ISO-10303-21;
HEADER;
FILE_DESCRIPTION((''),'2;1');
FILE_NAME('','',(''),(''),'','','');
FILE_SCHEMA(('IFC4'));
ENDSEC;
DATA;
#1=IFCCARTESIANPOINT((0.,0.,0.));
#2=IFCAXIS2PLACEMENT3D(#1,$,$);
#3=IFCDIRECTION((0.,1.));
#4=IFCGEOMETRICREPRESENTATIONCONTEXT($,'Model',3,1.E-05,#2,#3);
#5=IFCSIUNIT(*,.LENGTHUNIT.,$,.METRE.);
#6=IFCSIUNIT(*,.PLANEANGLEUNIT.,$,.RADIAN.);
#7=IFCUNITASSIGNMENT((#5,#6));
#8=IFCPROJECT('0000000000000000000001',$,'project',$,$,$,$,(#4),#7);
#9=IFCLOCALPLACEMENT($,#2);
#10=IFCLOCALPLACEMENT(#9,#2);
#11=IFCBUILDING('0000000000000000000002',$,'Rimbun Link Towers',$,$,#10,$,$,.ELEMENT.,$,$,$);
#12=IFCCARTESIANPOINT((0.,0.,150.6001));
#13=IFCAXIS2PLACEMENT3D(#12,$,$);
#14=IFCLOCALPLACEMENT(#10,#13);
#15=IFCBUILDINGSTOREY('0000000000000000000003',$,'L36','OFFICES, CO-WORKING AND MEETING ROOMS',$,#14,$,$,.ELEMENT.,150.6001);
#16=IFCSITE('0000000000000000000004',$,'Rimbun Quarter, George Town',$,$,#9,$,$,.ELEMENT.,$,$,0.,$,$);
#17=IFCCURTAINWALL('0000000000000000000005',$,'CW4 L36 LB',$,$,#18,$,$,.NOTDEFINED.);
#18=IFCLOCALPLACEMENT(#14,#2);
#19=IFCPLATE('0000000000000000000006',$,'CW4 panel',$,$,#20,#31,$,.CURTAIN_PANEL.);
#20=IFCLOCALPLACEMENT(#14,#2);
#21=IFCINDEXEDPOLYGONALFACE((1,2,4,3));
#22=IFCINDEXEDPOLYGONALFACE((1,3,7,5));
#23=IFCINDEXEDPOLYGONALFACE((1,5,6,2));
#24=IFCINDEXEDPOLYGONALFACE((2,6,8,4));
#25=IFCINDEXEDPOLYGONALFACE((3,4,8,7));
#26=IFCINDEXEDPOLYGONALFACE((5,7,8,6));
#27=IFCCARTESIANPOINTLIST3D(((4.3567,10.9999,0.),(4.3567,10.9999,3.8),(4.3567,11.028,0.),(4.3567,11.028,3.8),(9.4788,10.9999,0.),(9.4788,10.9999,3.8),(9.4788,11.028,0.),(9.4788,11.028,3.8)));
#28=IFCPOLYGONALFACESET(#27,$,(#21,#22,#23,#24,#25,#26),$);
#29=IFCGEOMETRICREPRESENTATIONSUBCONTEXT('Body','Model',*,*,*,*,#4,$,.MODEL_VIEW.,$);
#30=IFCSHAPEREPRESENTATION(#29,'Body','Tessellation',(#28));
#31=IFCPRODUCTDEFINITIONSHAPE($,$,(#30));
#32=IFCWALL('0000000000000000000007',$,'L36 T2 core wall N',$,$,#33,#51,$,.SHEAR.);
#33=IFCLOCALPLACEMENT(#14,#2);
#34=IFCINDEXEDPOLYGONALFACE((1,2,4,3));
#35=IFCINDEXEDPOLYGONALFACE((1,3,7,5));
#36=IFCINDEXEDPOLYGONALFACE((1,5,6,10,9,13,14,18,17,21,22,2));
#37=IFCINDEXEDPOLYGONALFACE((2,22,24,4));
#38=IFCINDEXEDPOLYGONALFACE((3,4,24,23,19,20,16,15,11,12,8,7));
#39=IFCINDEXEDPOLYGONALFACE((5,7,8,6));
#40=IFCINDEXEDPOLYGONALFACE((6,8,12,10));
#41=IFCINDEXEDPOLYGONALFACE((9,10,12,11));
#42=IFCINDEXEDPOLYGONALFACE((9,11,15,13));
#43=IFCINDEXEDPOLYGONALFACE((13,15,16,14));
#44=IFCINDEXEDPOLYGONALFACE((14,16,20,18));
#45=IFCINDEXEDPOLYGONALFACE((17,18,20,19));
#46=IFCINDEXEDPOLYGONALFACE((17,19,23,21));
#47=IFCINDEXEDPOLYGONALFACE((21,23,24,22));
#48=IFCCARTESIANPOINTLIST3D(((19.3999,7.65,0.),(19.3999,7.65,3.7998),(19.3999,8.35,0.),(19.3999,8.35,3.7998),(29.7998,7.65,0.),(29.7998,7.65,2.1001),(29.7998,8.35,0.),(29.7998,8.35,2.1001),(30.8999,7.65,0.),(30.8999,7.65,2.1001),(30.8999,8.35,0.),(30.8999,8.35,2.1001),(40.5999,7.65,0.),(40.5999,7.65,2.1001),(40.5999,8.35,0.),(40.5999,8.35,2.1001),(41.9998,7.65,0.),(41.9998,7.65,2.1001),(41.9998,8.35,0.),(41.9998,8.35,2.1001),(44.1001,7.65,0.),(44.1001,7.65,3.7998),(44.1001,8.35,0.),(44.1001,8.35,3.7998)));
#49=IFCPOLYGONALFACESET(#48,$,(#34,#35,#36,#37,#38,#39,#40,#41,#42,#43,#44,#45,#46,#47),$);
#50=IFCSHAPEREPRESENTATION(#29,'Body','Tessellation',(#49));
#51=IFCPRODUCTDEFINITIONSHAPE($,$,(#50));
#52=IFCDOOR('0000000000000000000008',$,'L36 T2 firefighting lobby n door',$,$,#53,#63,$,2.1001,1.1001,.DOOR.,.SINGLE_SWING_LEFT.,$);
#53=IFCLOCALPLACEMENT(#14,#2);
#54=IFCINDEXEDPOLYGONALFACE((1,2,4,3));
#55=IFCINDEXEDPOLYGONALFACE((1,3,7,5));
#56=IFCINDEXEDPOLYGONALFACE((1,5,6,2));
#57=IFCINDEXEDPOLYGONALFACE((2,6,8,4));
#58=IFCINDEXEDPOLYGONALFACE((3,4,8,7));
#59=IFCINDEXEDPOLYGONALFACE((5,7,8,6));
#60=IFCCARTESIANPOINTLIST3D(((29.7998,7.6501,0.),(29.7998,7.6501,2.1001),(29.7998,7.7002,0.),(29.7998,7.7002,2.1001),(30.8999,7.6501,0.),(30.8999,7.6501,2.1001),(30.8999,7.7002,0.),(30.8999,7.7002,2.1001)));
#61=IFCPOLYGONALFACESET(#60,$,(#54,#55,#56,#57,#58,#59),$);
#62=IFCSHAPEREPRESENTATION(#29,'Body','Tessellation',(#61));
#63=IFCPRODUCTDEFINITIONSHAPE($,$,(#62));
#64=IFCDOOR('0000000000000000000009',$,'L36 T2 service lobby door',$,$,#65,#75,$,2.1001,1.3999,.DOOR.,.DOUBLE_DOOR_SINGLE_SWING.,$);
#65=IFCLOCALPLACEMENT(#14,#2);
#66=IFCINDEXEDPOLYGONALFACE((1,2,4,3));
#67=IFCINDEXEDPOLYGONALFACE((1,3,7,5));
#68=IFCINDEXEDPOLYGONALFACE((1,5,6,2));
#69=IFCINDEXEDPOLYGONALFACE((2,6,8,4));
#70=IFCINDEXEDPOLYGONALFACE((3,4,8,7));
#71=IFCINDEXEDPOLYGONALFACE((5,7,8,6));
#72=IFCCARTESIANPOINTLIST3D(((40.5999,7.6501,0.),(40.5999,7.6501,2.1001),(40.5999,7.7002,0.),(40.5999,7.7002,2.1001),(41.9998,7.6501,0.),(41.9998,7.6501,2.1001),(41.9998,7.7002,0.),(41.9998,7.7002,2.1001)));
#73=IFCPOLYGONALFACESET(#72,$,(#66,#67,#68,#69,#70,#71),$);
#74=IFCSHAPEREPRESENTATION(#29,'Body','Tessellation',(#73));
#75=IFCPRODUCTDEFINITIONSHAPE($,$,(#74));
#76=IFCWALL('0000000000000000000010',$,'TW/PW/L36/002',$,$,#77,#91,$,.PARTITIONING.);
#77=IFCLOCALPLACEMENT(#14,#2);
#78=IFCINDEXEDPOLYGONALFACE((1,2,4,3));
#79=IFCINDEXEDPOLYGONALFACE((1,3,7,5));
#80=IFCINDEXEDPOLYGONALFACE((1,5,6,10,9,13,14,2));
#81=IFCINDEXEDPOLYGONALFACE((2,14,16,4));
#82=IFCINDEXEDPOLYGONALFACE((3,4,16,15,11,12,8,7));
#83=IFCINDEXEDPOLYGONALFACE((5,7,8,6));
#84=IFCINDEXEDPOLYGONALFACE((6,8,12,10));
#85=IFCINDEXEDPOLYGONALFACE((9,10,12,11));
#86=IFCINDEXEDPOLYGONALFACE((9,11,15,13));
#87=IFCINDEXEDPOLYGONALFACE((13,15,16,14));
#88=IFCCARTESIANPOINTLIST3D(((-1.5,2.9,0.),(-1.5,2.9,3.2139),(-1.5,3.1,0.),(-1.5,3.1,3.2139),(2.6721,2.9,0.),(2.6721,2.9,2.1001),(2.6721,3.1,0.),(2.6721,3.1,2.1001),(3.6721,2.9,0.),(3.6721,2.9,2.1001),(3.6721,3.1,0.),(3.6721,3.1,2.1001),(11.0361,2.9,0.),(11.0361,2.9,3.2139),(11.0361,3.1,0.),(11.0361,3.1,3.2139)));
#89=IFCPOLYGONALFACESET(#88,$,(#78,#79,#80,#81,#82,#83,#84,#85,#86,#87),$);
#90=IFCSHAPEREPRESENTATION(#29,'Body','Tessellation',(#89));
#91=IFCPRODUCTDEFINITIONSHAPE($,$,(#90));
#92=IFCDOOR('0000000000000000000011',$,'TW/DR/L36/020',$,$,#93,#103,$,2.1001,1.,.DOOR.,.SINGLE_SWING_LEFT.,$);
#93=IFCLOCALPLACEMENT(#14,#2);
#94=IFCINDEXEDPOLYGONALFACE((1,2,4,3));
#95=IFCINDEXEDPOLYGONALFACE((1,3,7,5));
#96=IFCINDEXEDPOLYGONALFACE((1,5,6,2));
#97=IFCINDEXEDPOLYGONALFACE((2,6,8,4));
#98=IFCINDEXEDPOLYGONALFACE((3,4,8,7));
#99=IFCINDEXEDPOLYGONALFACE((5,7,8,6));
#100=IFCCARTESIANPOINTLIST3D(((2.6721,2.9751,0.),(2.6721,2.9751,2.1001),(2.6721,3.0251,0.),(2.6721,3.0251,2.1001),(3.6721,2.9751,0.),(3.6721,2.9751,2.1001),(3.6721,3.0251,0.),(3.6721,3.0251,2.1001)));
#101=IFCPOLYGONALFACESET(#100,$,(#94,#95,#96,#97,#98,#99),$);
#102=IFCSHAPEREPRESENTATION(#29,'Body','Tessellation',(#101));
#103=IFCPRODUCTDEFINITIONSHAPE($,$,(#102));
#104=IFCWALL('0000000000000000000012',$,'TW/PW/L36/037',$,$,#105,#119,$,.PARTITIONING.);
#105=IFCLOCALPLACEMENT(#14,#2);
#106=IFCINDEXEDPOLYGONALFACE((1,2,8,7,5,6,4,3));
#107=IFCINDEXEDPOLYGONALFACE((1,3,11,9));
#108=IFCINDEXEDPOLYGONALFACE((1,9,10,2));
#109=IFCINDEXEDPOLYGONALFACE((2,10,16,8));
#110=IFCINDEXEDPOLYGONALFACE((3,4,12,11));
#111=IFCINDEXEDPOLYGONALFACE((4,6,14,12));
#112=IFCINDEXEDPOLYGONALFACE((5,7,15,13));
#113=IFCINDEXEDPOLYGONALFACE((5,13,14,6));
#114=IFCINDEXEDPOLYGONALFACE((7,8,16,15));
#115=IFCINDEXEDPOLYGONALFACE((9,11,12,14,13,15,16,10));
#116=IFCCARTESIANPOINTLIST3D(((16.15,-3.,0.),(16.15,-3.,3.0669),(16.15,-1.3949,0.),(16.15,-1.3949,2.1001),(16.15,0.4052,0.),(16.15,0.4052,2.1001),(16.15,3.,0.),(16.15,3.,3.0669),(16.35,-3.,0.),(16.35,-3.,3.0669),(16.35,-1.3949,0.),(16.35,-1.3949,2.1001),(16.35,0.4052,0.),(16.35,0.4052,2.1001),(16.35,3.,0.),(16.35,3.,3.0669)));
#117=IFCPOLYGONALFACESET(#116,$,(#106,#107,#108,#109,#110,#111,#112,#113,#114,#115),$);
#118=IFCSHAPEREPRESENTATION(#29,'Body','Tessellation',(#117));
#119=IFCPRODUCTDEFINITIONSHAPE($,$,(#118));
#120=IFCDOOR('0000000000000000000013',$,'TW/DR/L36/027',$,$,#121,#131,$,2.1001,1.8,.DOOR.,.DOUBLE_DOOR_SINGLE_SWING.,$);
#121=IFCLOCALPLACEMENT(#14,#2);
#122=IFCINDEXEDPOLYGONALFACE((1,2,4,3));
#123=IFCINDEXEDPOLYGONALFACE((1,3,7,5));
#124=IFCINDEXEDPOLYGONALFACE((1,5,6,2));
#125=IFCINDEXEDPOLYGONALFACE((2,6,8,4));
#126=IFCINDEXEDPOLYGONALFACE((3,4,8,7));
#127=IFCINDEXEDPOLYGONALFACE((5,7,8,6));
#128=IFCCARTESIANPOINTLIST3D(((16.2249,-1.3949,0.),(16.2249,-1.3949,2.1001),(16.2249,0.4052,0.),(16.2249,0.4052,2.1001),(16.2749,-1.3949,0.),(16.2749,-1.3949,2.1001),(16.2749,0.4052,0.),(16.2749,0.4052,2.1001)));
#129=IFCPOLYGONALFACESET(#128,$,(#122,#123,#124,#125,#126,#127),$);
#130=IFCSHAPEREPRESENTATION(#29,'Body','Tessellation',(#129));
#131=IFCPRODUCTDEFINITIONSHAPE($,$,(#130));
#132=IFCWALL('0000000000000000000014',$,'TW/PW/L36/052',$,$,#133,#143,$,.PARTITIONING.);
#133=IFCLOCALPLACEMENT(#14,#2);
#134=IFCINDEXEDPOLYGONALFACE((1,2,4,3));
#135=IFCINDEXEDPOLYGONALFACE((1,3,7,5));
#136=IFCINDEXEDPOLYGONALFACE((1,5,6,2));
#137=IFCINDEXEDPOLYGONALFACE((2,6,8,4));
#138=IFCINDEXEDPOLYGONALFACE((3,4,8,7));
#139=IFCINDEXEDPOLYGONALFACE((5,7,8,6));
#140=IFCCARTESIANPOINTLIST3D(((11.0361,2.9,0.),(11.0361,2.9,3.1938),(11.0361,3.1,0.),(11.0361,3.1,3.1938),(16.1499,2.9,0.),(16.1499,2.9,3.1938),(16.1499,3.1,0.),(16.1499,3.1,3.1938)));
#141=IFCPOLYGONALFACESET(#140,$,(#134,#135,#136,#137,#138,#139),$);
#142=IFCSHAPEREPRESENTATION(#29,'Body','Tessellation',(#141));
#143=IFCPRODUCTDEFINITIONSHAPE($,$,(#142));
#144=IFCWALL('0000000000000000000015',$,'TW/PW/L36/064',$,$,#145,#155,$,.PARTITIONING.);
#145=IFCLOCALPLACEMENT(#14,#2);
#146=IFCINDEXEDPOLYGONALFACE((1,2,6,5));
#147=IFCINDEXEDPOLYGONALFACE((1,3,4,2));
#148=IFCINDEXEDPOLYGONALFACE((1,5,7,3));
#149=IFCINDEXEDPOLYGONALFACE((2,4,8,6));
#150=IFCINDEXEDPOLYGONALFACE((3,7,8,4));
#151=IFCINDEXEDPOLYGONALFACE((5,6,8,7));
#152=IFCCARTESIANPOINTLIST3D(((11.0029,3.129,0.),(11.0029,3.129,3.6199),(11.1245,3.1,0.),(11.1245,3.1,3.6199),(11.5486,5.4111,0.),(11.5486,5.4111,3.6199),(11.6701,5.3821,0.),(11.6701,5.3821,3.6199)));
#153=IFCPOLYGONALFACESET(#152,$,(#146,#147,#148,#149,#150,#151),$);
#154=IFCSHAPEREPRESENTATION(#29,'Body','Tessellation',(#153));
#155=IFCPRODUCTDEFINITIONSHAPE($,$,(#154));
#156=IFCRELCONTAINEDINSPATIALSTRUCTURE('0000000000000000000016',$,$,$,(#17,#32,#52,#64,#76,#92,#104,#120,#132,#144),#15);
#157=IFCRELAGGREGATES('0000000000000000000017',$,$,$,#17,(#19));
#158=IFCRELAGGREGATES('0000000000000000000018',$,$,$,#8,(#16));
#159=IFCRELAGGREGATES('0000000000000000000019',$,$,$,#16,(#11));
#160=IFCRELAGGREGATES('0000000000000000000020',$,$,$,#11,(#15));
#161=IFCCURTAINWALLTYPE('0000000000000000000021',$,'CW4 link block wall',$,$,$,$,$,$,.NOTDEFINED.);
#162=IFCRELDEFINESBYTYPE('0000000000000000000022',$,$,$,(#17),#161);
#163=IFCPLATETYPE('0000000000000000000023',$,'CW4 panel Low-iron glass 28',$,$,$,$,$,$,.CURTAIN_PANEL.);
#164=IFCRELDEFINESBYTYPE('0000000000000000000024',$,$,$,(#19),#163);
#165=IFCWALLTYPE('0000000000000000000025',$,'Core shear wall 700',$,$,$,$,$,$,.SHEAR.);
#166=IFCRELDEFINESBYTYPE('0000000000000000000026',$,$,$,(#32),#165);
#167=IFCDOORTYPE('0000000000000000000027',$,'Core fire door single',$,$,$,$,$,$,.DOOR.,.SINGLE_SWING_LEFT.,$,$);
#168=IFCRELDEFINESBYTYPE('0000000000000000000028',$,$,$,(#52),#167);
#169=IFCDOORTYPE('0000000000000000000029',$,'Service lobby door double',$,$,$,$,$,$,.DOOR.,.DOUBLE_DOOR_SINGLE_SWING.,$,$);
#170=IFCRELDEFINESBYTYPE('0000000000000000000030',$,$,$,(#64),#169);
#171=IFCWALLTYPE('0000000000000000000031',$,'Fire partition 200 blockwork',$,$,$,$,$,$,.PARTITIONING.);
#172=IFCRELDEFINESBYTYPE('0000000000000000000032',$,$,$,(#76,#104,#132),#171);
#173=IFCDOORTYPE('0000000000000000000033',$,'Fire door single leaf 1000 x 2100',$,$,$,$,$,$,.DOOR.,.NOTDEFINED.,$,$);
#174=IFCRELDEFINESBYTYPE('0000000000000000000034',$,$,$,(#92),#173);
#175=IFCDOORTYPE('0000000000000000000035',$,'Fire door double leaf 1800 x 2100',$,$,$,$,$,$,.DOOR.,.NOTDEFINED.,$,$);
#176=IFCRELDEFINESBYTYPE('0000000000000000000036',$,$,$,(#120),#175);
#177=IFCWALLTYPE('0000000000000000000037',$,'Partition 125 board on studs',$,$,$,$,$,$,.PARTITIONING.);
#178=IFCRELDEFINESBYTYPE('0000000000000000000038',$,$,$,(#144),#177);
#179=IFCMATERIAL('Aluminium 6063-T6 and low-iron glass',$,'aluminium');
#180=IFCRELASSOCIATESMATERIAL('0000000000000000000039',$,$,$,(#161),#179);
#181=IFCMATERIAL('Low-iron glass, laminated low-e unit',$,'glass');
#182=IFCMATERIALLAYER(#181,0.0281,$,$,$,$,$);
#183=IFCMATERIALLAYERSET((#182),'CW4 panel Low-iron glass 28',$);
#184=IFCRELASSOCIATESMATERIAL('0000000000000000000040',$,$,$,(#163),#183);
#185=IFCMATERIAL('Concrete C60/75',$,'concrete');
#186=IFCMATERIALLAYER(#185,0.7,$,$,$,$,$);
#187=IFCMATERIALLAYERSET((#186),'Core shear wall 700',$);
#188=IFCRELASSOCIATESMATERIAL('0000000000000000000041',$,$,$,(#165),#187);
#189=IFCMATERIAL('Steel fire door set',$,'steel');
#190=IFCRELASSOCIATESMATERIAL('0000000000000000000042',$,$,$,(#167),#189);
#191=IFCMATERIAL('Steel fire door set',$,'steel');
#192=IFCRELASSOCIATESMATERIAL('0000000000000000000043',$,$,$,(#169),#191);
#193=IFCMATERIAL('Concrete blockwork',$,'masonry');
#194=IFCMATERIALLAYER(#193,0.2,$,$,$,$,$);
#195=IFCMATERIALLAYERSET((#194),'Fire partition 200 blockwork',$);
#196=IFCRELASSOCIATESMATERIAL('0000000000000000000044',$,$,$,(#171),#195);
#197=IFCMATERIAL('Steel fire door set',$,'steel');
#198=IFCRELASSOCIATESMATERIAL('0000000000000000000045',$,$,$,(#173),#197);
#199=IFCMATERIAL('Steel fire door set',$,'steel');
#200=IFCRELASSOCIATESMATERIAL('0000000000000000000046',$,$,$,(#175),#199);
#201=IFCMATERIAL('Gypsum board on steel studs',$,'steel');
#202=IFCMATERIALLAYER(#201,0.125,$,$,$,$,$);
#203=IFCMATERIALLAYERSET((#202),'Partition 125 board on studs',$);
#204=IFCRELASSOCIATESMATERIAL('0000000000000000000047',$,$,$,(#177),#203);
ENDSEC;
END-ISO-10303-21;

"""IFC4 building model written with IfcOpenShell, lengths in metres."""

from ifc_helpers import new_model, si_unit, direction, frame, frame_2d, origin, origin_2d, place, context, subcontext, project, spatial, rectangle, extrude, material, layer, layer_set, type_object, element, fill, aggregate, save


model = new_model("IFC4")

# Units and contexts
model_context = context("Model", 3, precision=1e-05, world=origin(), true_north=direction((0.0, 1.0)))
body_context = subcontext(model_context, "Body", "Model", "MODEL_VIEW")
ifc_project = project(units=[si_unit("LENGTHUNIT", "METRE"), si_unit("PLANEANGLEUNIT", "RADIAN")], contexts=[model_context])

# Site, building, storey
site_placement = place(None, origin())
site = spatial("IfcSite", under=ifc_project, at=site_placement, Name="Rimbun Quarter, George Town", CompositionType="ELEMENT", RefElevation=0.0)
building_placement = place(site_placement, origin())
building = spatial("IfcBuilding", under=site, at=building_placement, Name="Rimbun Link Towers", CompositionType="ELEMENT")
storey_placement = place(building_placement, frame((0.0, 0.0, 150.6001)))
storey = spatial("IfcBuildingStorey", under=building, at=storey_placement, Name="L36", Description="OFFICES, CO-WORKING AND MEETING ROOMS", CompositionType="ELEMENT", Elevation=150.6001)

# Curtain wall
ifc_material_1 = material(Name="Aluminium 6063-T6 and low-iron glass", Category="aluminium")
curtain_wall_type = type_object("IfcCurtainWallType", Name="CW4 link block wall", PredefinedType="NOTDEFINED", material=ifc_material_1)
curtain_wall_placement = place(storey_placement, origin())
curtain_wall = element("IfcCurtainWall", 1, at=curtain_wall_placement, inside=storey, type_object=curtain_wall_type, Name="CW4 L36 LB", PredefinedType="NOTDEFINED")

# Plate
ifc_material_2 = material(Name="Low-iron glass, laminated low-e unit", Category="glass")
ifc_layer_1 = layer(ifc_material_2, 0.0281)
ifc_layer_set_1 = layer_set([ifc_layer_1], Name="CW4 panel Low-iron glass 28")
plate_type_1 = type_object("IfcPlateType", Name="CW4 panel Low-iron glass 28", PredefinedType="CURTAIN_PANEL", material=ifc_layer_set_1)
plate_1_placement = place(storey_placement, frame((6.9177, 11.0139, 0.0), z_axis=(0.0, 0.0, 1.0), x_axis=(1.0, 0.0, 0.0)))
plate_1 = element("IfcPlate", 2, at=plate_1_placement, type_object=plate_type_1, Name="CW4 panel", PredefinedType="CURTAIN_PANEL", context=body_context, shape_type="SweptSolid", body=[
    extrude(rectangle(XDim=5.1221, YDim=0.0281, at=origin_2d()), origin(), (0.0, 0.0, 1.0), 3.8),
])
aggregate(curtain_wall, [plate_1])

# Wall, openings, doors
ifc_material_3 = material(Name="Concrete C60/75", Category="concrete")
ifc_layer_2 = layer(ifc_material_3, 0.7)
ifc_layer_set_2 = layer_set([ifc_layer_2], Name="Core shear wall 700")
wall_type_1 = type_object("IfcWallType", Name="Core shear wall 700", PredefinedType="SHEAR", material=ifc_layer_set_2)
wall_1_placement = place(storey_placement, frame((19.3999, 8.0, 0.0), z_axis=(0.0, 0.0, 1.0), x_axis=(1.0, 0.0, 0.0)))
wall_1 = element("IfcWall", 3, at=wall_1_placement, inside=storey, type_object=wall_type_1, Name="L36 T2 core wall N", PredefinedType="SHEAR", context=body_context, shape_type="SweptSolid", body=[
    extrude(rectangle(XDim=24.7002, YDim=0.7, at=frame_2d((12.3501, 0.0))), origin(), (0.0, 0.0, 1.0), 3.7998),
])
opening_1_placement = place(wall_1_placement, frame((10.3999, 0.0, 0.0)))
opening_1 = element("IfcOpeningElement", 4, at=opening_1_placement, cuts=wall_1, PredefinedType="OPENING", context=body_context, shape_type="SweptSolid", body=[
    extrude(rectangle(XDim=1.1001, YDim=2.1001, at=frame_2d((0.55, 1.05))), frame((0.0, 0.3599, 0.0), z_axis=(0.0, -1.0, 0.0), x_axis=(1.0, 0.0, 0.0)), (0.0, 0.0, 1.0), 0.72),
])
opening_2_placement = place(wall_1_placement, frame((21.2, 0.0, 0.0)))
opening_2 = element("IfcOpeningElement", 5, at=opening_2_placement, cuts=wall_1, PredefinedType="OPENING", context=body_context, shape_type="SweptSolid", body=[
    extrude(rectangle(XDim=1.3999, YDim=2.1001, at=frame_2d((0.7, 1.05))), frame((0.0, 0.3599, 0.0), z_axis=(0.0, -1.0, 0.0), x_axis=(1.0, 0.0, 0.0)), (0.0, 0.0, 1.0), 0.72),
])
ifc_material_4 = material(Name="Steel fire door set", Category="steel")
door_type_1 = type_object("IfcDoorType", Name="Core fire door single", OperationType="SINGLE_SWING_LEFT", PredefinedType="DOOR", material=ifc_material_4)
door_1_placement = place(opening_1_placement, origin())
door_1 = element("IfcDoor", 6, at=door_1_placement, inside=storey, type_object=door_type_1, Name="L36 T2 firefighting lobby n door", OperationType="SINGLE_SWING_LEFT", OverallHeight=2.1001, OverallWidth=1.1001, PredefinedType="DOOR", context=body_context, shape_type="SweptSolid", body=[
    extrude(rectangle(XDim=1.1001, YDim=2.1001, at=frame_2d((0.55, 1.05))), frame((0.0, -0.2998, 0.0), z_axis=(0.0, -1.0, 0.0), x_axis=(1.0, 0.0, 0.0)), (0.0, 0.0, 1.0), 0.05),
])
fill(opening_1, door_1)
ifc_material_5 = material(Name="Steel fire door set", Category="steel")
door_type_2 = type_object("IfcDoorType", Name="Service lobby door double", OperationType="DOUBLE_DOOR_SINGLE_SWING", PredefinedType="DOOR", material=ifc_material_5)
door_2_placement = place(opening_2_placement, origin())
door_2 = element("IfcDoor", 7, at=door_2_placement, inside=storey, type_object=door_type_2, Name="L36 T2 service lobby door", OperationType="DOUBLE_DOOR_SINGLE_SWING", OverallHeight=2.1001, OverallWidth=1.3999, PredefinedType="DOOR", context=body_context, shape_type="SweptSolid", body=[
    extrude(rectangle(XDim=1.3999, YDim=2.1001, at=frame_2d((0.7, 1.05))), frame((0.0, -0.2998, 0.0), z_axis=(0.0, -1.0, 0.0), x_axis=(1.0, 0.0, 0.0)), (0.0, 0.0, 1.0), 0.05),
])
fill(opening_2, door_2)

# Walls, openings, doors
ifc_material_6 = material(Name="Concrete blockwork", Category="masonry")
ifc_layer_3 = layer(ifc_material_6, 0.2)
ifc_layer_set_3 = layer_set([ifc_layer_3], Name="Fire partition 200 blockwork")
wall_type_2 = type_object("IfcWallType", Name="Fire partition 200 blockwork", PredefinedType="PARTITIONING", material=ifc_layer_set_3)
wall_2_placement = place(storey_placement, frame((11.0361, 3.0, 0.0), z_axis=(0.0, 0.0, 1.0), x_axis=(-1.0, 0.0, 0.0)))
wall_2 = element("IfcWall", 8, at=wall_2_placement, inside=storey, type_object=wall_type_2, Name="TW/PW/L36/002", PredefinedType="PARTITIONING", context=body_context, shape_type="SweptSolid", body=[
    extrude(rectangle(XDim=12.5361, YDim=0.2, at=frame_2d((6.2681, 0.0))), origin(), (0.0, 0.0, 1.0), 3.2139),
])
opening_3_placement = place(wall_2_placement, frame((7.364, 0.0, 0.0)))
opening_3 = element("IfcOpeningElement", 9, at=opening_3_placement, cuts=wall_2, PredefinedType="OPENING", context=body_context, shape_type="SweptSolid", body=[
    extrude(rectangle(XDim=1.0, YDim=2.1001, at=frame_2d((0.5, 1.05))), frame((0.0, 0.1099, 0.0), z_axis=(0.0, -1.0, 0.0), x_axis=(1.0, 0.0, 0.0)), (0.0, 0.0, 1.0), 0.22),
])
ifc_material_7 = material(Name="Steel fire door set", Category="steel")
door_type_3 = type_object("IfcDoorType", Name="Fire door single leaf 1000 x 2100", OperationType="NOTDEFINED", PredefinedType="DOOR", material=ifc_material_7)
door_3_placement = place(opening_3_placement, origin())
door_3 = element("IfcDoor", 10, at=door_3_placement, inside=storey, type_object=door_type_3, Name="TW/DR/L36/020", OperationType="SINGLE_SWING_LEFT", OverallHeight=2.1001, OverallWidth=1.0, PredefinedType="DOOR", context=body_context, shape_type="SweptSolid", body=[
    extrude(rectangle(XDim=1.0, YDim=2.1001, at=frame_2d((0.5, 1.05))), frame((0.0, 0.0249, 0.0), z_axis=(0.0, -1.0, 0.0), x_axis=(1.0, 0.0, 0.0)), (0.0, 0.0, 1.0), 0.05),
])
fill(opening_3, door_3)
wall_3_placement = place(storey_placement, frame((16.25, 3.0, 0.0), z_axis=(0.0, 0.0, 1.0), x_axis=(0.0, -1.0, 0.0)))
wall_3 = element("IfcWall", 11, at=wall_3_placement, inside=storey, type_object=wall_type_2, Name="TW/PW/L36/037", PredefinedType="PARTITIONING", context=body_context, shape_type="SweptSolid", body=[
    extrude(rectangle(XDim=6.0, YDim=0.2, at=frame_2d((3.0, 0.0))), origin(), (0.0, 0.0, 1.0), 3.0669),
])
opening_4_placement = place(wall_3_placement, frame((2.595, 0.0, 0.0)))
opening_4 = element("IfcOpeningElement", 12, at=opening_4_placement, cuts=wall_3, PredefinedType="OPENING", context=body_context, shape_type="SweptSolid", body=[
    extrude(rectangle(XDim=1.8, YDim=2.1001, at=frame_2d((0.8999, 1.05))), frame((0.0, 0.1099, 0.0), z_axis=(0.0, -1.0, 0.0), x_axis=(1.0, 0.0, 0.0)), (0.0, 0.0, 1.0), 0.22),
])
ifc_material_8 = material(Name="Steel fire door set", Category="steel")
door_type_4 = type_object("IfcDoorType", Name="Fire door double leaf 1800 x 2100", OperationType="NOTDEFINED", PredefinedType="DOOR", material=ifc_material_8)
door_4_placement = place(opening_4_placement, origin())
door_4 = element("IfcDoor", 13, at=door_4_placement, inside=storey, type_object=door_type_4, Name="TW/DR/L36/027", OperationType="DOUBLE_DOOR_SINGLE_SWING", OverallHeight=2.1001, OverallWidth=1.8, PredefinedType="DOOR", context=body_context, shape_type="SweptSolid", body=[
    extrude(rectangle(XDim=1.8, YDim=2.1001, at=frame_2d((0.8999, 1.05))), frame((0.0, 0.0249, 0.0), z_axis=(0.0, -1.0, 0.0), x_axis=(1.0, 0.0, 0.0)), (0.0, 0.0, 1.0), 0.05),
])
fill(opening_4, door_4)

# Walls
wall_4_placement = place(storey_placement, frame((16.1499, 3.0, 0.0), z_axis=(0.0, 0.0, 1.0), x_axis=(-1.0, 0.0, 0.0)))
element("IfcWall", 14, at=wall_4_placement, inside=storey, type_object=wall_type_2, Name="TW/PW/L36/052", PredefinedType="PARTITIONING", context=body_context, shape_type="SweptSolid", body=[
    extrude(rectangle(XDim=5.1138, YDim=0.2, at=frame_2d((2.5569, 0.0))), origin(), (0.0, 0.0, 1.0), 3.1938),
])
ifc_material_9 = material(Name="Gypsum board on steel studs", Category="steel")
ifc_layer_4 = layer(ifc_material_9, 0.125)
ifc_layer_set_4 = layer_set([ifc_layer_4], Name="Partition 125 board on studs")
wall_type_3 = type_object("IfcWallType", Name="Partition 125 board on studs", PredefinedType="PARTITIONING", material=ifc_layer_set_4)
wall_5_placement = place(storey_placement, frame((11.6094, 5.3967, 0.0), z_axis=(0.0, 0.0, 1.0), x_axis=(-0.232535, -0.972588, 0.0)))
element("IfcWall", 15, at=wall_5_placement, inside=storey, type_object=wall_type_3, Name="TW/PW/L36/064", PredefinedType="PARTITIONING", context=body_context, shape_type="SweptSolid", body=[
    extrude(rectangle(XDim=2.3464, YDim=0.125, at=frame_2d((1.1733, 0.0))), origin(), (0.0, 0.0, 1.0), 3.6199),
])

save(model, "model.ifc")
